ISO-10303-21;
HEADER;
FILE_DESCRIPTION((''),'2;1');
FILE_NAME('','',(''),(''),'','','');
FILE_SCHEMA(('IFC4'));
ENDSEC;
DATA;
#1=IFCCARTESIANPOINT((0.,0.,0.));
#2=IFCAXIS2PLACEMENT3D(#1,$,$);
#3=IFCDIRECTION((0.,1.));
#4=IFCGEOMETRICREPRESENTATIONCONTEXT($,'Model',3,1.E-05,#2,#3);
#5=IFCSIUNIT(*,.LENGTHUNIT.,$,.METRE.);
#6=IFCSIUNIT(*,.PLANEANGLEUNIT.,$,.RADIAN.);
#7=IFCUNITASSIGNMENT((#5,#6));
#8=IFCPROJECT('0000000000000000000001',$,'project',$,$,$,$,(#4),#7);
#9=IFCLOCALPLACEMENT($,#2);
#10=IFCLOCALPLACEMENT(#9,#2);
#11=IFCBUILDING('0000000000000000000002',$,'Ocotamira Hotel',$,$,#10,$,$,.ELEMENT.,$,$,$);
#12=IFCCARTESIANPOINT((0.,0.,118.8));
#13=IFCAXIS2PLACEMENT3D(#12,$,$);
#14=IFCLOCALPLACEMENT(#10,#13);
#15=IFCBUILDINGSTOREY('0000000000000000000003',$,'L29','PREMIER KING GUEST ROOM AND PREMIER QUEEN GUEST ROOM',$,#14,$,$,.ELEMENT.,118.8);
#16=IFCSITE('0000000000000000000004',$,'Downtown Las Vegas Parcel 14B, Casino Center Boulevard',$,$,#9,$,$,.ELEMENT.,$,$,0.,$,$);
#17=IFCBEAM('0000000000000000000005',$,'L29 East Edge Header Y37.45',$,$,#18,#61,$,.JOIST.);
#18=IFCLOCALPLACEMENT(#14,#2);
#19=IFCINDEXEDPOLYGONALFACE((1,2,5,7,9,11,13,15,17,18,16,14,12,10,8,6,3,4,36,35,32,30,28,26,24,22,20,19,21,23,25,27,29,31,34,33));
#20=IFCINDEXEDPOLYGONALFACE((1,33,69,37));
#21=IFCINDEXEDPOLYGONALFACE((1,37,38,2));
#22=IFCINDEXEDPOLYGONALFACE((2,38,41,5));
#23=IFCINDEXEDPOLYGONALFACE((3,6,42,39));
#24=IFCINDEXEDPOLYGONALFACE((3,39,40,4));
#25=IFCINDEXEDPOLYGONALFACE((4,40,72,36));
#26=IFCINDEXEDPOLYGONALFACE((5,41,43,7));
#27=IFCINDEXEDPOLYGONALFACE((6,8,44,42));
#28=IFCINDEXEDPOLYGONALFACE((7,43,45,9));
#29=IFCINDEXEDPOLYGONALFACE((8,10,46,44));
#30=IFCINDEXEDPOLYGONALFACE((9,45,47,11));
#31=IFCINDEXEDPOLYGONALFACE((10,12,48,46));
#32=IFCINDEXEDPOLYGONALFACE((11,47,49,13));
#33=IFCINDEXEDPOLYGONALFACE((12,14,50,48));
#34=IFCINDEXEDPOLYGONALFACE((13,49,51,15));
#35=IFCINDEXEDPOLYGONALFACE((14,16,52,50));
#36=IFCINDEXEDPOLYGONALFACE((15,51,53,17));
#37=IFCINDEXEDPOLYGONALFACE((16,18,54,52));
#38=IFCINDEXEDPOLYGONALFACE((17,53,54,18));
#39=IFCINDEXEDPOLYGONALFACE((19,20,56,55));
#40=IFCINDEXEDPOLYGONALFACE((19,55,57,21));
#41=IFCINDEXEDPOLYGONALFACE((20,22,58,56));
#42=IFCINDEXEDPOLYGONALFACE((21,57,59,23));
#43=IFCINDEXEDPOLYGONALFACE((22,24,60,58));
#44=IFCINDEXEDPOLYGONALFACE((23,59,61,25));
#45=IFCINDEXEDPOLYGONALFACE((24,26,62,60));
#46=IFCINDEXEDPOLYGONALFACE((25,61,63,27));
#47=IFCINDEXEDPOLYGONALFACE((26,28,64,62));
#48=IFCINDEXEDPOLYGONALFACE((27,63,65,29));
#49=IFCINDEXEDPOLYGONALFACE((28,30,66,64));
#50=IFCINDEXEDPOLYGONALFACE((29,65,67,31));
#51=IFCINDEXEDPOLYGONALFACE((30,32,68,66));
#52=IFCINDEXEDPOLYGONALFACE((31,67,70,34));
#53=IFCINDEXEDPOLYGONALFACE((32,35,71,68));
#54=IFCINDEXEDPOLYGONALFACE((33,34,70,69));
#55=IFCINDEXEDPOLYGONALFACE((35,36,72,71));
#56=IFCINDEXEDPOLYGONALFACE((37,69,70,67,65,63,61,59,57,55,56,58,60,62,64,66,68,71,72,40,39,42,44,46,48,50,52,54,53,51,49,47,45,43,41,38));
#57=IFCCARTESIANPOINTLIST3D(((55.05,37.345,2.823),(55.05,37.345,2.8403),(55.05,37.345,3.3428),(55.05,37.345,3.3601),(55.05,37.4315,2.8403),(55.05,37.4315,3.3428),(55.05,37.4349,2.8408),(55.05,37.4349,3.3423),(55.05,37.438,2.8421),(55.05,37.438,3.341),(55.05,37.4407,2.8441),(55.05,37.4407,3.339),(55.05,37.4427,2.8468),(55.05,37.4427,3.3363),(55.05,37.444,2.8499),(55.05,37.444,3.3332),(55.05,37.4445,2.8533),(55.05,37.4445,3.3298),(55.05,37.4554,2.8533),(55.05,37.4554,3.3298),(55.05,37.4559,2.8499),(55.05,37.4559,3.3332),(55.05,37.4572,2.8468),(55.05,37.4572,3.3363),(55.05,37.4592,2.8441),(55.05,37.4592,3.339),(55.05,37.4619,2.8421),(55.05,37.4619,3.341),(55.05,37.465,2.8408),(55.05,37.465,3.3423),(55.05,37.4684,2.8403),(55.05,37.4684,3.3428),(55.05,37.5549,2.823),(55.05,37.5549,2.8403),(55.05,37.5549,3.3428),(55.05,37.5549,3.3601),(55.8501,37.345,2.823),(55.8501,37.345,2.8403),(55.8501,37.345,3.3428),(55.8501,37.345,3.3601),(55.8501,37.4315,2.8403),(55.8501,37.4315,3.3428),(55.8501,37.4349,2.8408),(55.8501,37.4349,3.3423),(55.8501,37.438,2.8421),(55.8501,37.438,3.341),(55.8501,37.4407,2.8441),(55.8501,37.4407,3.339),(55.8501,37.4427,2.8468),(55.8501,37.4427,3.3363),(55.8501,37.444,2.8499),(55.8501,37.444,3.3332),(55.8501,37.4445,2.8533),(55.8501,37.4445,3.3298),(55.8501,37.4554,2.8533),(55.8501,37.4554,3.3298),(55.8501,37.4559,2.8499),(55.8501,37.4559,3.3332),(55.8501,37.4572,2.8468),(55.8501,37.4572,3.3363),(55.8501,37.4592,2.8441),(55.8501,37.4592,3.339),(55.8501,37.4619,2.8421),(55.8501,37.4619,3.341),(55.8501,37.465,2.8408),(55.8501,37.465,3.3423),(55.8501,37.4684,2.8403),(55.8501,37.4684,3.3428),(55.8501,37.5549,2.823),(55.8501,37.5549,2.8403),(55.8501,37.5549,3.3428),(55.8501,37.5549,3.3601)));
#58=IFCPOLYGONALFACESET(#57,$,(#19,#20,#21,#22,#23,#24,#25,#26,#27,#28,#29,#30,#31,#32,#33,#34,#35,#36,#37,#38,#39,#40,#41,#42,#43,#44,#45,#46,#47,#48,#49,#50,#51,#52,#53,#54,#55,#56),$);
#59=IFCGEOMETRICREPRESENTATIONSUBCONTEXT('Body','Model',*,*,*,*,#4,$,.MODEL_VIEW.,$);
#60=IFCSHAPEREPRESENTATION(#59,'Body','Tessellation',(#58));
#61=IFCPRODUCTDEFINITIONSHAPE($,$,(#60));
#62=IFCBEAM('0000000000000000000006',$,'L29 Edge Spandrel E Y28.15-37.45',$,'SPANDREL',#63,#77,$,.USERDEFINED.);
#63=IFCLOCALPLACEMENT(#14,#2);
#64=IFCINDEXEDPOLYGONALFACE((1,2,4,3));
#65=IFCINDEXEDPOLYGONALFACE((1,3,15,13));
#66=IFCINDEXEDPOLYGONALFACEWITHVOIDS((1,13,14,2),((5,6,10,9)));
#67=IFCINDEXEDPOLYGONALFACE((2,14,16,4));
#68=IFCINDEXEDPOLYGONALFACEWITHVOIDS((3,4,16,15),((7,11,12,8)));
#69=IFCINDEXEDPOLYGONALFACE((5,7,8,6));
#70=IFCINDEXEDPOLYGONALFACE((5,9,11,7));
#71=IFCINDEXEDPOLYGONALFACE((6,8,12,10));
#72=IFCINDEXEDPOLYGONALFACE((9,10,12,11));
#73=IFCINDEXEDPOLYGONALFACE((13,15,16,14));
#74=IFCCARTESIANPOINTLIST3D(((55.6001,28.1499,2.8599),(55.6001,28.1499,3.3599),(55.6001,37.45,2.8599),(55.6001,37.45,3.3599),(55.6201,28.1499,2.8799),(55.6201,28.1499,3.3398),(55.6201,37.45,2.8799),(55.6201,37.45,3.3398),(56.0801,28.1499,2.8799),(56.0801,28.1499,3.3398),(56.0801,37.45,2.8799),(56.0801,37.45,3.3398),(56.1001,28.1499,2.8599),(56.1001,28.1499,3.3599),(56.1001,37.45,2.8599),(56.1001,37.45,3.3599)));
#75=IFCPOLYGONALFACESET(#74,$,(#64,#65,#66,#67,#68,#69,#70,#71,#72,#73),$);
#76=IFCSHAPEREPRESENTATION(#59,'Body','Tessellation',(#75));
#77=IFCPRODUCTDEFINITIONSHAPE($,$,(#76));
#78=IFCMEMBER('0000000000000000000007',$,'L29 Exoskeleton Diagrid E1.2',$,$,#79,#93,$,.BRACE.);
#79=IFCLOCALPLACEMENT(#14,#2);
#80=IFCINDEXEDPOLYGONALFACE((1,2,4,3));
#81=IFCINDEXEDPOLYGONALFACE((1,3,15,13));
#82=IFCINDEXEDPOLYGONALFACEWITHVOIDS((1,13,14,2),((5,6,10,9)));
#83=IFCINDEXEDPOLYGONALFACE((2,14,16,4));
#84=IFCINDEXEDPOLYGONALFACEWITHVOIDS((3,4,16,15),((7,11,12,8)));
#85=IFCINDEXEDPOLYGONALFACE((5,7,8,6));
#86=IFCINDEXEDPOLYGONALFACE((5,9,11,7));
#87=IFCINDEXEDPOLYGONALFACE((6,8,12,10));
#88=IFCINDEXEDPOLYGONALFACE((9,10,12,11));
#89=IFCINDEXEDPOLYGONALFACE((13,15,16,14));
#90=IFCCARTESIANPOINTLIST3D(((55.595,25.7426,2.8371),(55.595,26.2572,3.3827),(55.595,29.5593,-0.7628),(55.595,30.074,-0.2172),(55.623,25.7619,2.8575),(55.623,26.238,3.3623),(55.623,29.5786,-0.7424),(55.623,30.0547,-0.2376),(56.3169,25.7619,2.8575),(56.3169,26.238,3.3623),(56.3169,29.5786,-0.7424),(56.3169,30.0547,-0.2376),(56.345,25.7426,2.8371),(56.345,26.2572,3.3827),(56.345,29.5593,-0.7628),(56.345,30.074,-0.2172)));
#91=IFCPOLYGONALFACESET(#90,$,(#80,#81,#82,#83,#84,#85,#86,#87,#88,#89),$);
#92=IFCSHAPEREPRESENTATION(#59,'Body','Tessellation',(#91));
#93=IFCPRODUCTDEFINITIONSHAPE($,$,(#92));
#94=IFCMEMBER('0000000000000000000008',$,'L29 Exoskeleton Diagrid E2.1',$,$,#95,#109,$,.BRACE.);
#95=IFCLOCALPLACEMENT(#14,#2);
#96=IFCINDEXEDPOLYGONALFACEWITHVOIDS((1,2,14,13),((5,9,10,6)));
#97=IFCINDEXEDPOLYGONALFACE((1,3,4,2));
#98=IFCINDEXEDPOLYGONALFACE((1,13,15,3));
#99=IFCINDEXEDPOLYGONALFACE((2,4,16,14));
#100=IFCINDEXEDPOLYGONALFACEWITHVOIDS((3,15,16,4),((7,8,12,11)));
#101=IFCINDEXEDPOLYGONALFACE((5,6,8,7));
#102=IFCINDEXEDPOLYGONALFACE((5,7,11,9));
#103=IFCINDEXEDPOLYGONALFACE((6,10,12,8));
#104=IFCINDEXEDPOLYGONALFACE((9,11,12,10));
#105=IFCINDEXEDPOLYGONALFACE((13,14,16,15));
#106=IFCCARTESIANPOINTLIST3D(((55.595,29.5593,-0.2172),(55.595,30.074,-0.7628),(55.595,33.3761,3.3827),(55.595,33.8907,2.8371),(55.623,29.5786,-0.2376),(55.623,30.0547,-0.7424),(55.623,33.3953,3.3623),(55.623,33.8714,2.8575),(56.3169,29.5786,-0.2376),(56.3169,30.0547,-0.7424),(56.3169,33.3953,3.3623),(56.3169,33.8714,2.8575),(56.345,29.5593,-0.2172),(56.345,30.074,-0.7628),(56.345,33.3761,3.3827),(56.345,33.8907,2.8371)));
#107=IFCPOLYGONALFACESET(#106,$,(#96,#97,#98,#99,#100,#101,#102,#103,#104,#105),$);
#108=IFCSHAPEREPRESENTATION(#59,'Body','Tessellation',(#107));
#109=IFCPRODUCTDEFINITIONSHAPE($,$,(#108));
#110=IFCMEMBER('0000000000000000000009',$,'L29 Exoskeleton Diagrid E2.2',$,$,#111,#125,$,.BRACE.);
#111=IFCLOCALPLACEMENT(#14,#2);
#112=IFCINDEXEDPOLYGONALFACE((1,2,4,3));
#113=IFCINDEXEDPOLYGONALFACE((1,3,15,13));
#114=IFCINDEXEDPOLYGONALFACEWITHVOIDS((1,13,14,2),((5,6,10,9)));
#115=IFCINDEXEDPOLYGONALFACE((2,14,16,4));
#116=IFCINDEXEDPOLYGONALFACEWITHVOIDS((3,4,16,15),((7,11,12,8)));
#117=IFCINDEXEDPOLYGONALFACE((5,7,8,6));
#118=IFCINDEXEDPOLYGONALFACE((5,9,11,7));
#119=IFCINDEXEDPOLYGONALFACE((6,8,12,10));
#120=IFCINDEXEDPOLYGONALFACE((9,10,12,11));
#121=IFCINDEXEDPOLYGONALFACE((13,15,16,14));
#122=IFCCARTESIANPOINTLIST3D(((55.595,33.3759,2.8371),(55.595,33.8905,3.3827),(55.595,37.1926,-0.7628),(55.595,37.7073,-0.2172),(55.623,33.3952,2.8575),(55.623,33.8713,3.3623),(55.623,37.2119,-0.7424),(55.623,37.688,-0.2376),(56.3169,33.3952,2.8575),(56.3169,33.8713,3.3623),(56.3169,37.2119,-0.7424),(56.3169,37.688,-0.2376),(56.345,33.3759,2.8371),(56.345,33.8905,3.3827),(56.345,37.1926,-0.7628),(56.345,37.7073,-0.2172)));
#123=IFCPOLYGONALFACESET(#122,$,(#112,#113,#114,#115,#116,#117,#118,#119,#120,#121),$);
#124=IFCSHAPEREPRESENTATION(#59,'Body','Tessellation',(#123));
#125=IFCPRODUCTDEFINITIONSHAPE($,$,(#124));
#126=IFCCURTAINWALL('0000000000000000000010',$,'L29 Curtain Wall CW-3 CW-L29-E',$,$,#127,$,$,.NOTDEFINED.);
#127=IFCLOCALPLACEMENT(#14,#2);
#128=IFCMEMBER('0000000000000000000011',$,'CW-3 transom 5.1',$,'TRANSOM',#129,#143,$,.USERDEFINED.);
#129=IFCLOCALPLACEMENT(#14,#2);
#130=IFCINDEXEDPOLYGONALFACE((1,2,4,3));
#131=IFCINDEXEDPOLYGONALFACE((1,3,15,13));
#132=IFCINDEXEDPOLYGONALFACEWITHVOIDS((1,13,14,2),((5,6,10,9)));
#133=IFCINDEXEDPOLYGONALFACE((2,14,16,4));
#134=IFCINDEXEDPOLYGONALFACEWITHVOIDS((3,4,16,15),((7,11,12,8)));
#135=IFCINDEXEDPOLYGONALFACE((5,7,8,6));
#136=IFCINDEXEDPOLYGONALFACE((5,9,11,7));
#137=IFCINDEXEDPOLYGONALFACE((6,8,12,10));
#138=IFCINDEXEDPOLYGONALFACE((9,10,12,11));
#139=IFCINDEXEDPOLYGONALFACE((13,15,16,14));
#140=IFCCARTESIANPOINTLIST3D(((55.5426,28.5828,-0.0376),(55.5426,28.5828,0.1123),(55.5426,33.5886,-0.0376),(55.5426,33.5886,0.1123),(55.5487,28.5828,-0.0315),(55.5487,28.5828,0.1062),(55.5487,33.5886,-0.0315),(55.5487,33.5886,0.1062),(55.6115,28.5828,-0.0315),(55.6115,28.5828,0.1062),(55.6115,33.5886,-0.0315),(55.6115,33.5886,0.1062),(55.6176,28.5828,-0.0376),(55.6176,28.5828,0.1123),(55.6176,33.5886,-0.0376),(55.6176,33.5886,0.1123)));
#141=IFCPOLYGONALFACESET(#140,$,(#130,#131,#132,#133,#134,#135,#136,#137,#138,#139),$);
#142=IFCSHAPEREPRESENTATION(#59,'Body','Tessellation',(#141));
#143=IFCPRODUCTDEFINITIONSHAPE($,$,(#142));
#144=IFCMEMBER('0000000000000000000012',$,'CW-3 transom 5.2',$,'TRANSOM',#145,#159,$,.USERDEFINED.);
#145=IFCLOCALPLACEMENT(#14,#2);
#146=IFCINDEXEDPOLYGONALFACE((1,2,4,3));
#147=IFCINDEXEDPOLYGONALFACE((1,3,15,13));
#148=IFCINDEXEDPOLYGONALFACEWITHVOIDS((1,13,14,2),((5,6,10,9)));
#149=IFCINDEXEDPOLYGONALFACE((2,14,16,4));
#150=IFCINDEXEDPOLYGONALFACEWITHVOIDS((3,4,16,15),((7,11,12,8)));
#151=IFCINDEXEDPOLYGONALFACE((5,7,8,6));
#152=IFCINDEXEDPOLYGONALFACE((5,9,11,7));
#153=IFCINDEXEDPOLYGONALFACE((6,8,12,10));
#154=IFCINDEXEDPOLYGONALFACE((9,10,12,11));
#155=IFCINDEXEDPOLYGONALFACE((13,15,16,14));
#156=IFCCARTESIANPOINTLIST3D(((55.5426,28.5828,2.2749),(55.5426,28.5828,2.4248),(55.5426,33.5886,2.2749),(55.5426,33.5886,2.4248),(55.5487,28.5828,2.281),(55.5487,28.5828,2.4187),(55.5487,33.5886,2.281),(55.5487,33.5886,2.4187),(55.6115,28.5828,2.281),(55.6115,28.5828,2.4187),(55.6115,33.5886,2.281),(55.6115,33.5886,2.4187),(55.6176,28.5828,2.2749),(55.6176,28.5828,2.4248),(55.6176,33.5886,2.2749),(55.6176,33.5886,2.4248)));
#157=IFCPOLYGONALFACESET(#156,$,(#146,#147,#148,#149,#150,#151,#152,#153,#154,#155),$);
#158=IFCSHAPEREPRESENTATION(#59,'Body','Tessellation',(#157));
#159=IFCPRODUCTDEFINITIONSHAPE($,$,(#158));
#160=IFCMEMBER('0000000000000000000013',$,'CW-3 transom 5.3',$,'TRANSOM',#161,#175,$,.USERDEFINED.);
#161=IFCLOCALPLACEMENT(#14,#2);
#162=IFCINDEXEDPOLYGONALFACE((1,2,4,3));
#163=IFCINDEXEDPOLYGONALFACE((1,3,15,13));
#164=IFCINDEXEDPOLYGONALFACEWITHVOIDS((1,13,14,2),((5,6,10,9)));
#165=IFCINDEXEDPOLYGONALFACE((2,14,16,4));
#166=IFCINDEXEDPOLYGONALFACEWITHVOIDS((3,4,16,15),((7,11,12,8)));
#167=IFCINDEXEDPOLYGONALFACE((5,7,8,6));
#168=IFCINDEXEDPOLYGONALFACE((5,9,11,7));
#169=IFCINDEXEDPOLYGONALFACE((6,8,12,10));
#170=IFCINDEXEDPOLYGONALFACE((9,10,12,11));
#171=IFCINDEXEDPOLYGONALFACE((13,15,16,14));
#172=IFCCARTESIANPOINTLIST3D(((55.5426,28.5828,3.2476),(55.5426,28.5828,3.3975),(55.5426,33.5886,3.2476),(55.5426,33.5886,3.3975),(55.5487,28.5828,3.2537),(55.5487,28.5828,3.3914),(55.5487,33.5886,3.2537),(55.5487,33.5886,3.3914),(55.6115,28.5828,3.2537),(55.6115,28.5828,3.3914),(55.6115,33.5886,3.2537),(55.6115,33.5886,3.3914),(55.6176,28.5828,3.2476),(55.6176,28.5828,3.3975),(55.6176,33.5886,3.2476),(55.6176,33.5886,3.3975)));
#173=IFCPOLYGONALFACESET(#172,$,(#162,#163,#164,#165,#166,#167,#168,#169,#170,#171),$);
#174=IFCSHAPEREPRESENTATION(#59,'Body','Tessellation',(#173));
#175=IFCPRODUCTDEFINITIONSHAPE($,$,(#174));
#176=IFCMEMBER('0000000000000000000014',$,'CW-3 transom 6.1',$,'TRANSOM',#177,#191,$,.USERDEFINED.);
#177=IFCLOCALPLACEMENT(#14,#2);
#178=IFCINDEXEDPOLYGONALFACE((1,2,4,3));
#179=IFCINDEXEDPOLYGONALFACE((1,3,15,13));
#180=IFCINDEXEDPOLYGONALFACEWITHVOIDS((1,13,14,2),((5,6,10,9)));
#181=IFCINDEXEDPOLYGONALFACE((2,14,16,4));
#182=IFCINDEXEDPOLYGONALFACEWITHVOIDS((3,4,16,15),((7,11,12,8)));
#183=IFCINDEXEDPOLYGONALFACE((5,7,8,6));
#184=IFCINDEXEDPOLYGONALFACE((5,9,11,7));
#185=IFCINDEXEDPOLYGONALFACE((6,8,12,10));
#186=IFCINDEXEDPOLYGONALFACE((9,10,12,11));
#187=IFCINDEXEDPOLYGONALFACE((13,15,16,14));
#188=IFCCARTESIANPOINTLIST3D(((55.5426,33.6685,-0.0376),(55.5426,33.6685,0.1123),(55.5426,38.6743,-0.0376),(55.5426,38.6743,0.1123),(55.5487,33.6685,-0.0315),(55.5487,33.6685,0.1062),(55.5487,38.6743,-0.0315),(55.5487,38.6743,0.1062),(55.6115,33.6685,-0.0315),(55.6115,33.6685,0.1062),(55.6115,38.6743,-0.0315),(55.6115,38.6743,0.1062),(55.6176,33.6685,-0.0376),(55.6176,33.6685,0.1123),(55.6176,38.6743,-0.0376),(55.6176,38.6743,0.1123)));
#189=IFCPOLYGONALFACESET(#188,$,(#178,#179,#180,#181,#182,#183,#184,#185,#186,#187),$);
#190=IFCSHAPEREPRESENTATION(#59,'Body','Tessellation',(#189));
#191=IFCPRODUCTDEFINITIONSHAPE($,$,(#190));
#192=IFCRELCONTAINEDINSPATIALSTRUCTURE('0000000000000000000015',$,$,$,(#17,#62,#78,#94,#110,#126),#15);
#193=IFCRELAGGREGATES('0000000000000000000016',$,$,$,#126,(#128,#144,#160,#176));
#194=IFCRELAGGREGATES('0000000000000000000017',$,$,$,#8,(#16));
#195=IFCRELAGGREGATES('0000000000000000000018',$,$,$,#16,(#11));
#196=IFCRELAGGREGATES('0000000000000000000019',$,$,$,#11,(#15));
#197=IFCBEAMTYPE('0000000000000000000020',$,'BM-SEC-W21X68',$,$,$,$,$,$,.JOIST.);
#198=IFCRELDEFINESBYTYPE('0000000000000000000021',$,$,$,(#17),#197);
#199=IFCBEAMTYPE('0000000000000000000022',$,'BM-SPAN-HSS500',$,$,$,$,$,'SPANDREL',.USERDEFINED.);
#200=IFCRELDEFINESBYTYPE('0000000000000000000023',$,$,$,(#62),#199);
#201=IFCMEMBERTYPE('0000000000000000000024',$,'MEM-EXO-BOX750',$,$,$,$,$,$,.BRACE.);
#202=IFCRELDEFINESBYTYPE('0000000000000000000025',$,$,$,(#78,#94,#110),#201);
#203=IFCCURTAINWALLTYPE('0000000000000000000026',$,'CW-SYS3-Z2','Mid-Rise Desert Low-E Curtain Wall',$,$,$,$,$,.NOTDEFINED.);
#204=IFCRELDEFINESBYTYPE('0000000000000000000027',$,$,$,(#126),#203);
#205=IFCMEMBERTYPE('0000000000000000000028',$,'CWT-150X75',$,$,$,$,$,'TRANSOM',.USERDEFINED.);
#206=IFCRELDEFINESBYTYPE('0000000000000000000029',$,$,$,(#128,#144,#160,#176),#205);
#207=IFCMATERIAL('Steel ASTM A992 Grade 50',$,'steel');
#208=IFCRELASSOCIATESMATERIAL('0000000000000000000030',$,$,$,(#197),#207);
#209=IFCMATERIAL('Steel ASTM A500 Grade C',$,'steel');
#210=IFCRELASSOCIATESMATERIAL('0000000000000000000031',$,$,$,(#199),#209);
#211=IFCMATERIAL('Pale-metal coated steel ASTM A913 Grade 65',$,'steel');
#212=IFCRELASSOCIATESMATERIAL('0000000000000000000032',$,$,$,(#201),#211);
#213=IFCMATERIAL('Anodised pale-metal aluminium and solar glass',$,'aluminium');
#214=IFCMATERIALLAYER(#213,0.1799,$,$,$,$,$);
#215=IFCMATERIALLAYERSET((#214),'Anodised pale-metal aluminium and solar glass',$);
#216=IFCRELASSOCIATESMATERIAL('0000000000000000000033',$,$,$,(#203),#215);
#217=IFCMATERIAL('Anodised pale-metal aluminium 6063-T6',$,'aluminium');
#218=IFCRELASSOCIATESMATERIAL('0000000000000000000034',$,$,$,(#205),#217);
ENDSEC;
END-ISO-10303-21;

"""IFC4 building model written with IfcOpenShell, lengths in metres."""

from ifc_helpers import new_model, si_unit, direction, frame, origin, origin_2d, place, context, subcontext, project, spatial, hollow_rectangle, i_section, extrude, source, transform, mapped, material, layer, layer_set, material_profile, profile_set, type_object, element, aggregate, save


model = new_model("IFC4")

# Units and contexts
model_context = context("Model", 3, precision=1e-05, world=origin(), true_north=direction((0.0, 1.0)))
body_context = subcontext(model_context, "Body", "Model", "MODEL_VIEW")
ifc_project = project(units=[si_unit("LENGTHUNIT", "METRE"), si_unit("PLANEANGLEUNIT", "RADIAN")], contexts=[model_context])

# Site, building, storey
site_placement = place(None, origin())
site = spatial("IfcSite", under=ifc_project, at=site_placement, Name="Downtown Las Vegas Parcel 14B, Casino Center Boulevard", CompositionType="ELEMENT", RefElevation=0.0)
building_placement = place(site_placement, origin())
building = spatial("IfcBuilding", under=site, at=building_placement, Name="Ocotamira Hotel", CompositionType="ELEMENT")
storey_placement = place(building_placement, frame((0.0, 0.0, 118.8)))
storey = spatial("IfcBuildingStorey", under=building, at=storey_placement, Name="L29", Description="PREMIER KING GUEST ROOM AND PREMIER QUEEN GUEST ROOM", CompositionType="ELEMENT", Elevation=118.8)

# Beams
ifc_material_1 = material(Name="Steel ASTM A500 Grade C", Category="steel")
ifc_material_2 = material(Name="Steel ASTM A992 Grade 50", Category="steel")
ifc_material_profile_1 = material_profile(ifc_material_2, i_section(OverallWidth=0.21, OverallDepth=0.5371, WebThickness=0.011, FlangeThickness=0.0173, FilletRadius=0.0129, at=origin_2d()), Name="W21X68")
ifc_profile_set_1 = profile_set([ifc_material_profile_1], Name="Steel ASTM A992 Grade 50")
beam_type_1 = type_object("IfcBeamType", Name="BM-SEC-W21X68", PredefinedType="JOIST", material=ifc_profile_set_1)
shared_shape_1 = source(origin(), body_context, "Body", "SweptSolid", [
    extrude(i_section(OverallWidth=0.21, OverallDepth=0.5371, WebThickness=0.011, FlangeThickness=0.0173, FilletRadius=0.0129, at=origin_2d()), origin(), (0.0, 0.0, 1.0), 0.8),
])
for number, where, z_axis, x_axis, name in (
    (1, (55.05, 37.45, 3.0916), (1.0, 0.0, 0.0), (0.0, 1.0, 0.0), "L29 East Edge Header Y37.45"),
):
    element("IfcBeam", number, at=place(storey_placement, frame(where, z_axis=z_axis, x_axis=x_axis)), inside=storey, type_object=beam_type_1, Name=name, PredefinedType="JOIST", context=body_context, shape_type="MappedRepresentation", body=[
        mapped(shared_shape_1, transform((0.0, 0.0, 0.0), scale=1.0)),
    ])
ifc_material_profile_2 = material_profile(ifc_material_1, hollow_rectangle(XDim=0.5, YDim=0.5, WallThickness=0.02, at=origin_2d()), Name="HSS500X500X20")
ifc_profile_set_2 = profile_set([ifc_material_profile_2], Name="Steel ASTM A500 Grade C")
beam_type_2 = type_object("IfcBeamType", Name="BM-SPAN-HSS500", ElementType="SPANDREL", PredefinedType="USERDEFINED", material=ifc_profile_set_2)
shared_shape_2 = source(origin(), body_context, "Body", "SweptSolid", [
    extrude(hollow_rectangle(XDim=0.5, YDim=0.5, WallThickness=0.02, at=origin_2d()), origin(), (0.0, 0.0, 1.0), 9.3),
])
beam_1_placement = place(storey_placement, frame((55.8501, 28.1499, 3.1099), z_axis=(0.0, 1.0, 0.0), x_axis=(-1.0, 0.0, 0.0)))
element("IfcBeam", 2, at=beam_1_placement, inside=storey, type_object=beam_type_2, Name="L29 Edge Spandrel E Y28.15-37.45", ObjectType="SPANDREL", PredefinedType="USERDEFINED", context=body_context, shape_type="MappedRepresentation", body=[
    mapped(shared_shape_2, transform((0.0, 0.0, 0.0), scale=1.0)),
])

# Members
ifc_material_3 = material(Name="Pale-metal coated steel ASTM A913 Grade 65", Category="steel")
ifc_material_profile_3 = material_profile(ifc_material_3, hollow_rectangle(XDim=0.75, YDim=0.75, WallThickness=0.0281, at=origin_2d()), Name="BOX750X750X28")
ifc_profile_set_3 = profile_set([ifc_material_profile_3], Name="Pale-metal coated steel ASTM A913 Grade 65")
member_type_1 = type_object("IfcMemberType", Name="MEM-EXO-BOX750", PredefinedType="BRACE", material=ifc_profile_set_3)
shared_shape_3 = source(origin(), body_context, "Body", "SweptSolid", [
    extrude(hollow_rectangle(XDim=0.75, YDim=0.75, WallThickness=0.0281, at=origin_2d()), origin(), (0.0, 0.0, 1.0), 5.2466),
])
for number, where, z_axis, x_axis, name in (
    (3, (55.97, 29.8167, -0.49), (0.0, -0.727466, 0.686144), (1.0, 0.0, 0.0), "L29 Exoskeleton Diagrid E1.2"),
    (4, (55.97, 29.8167, -0.49), (0.0, 0.727466, 0.686144), (-1.0, 0.0, 0.0), "L29 Exoskeleton Diagrid E2.1"),
    (5, (55.97, 37.45, -0.49), (0.0, -0.727466, 0.686144), (1.0, 0.0, 0.0), "L29 Exoskeleton Diagrid E2.2"),
):
    element("IfcMember", number, at=place(storey_placement, frame(where, z_axis=z_axis, x_axis=x_axis)), inside=storey, type_object=member_type_1, Name=name, PredefinedType="BRACE", context=body_context, shape_type="MappedRepresentation", body=[
        mapped(shared_shape_3, transform((0.0, 0.0, 0.0), scale=1.0)),
    ])

# Curtain wall, members
ifc_material_4 = material(Name="Anodised pale-metal aluminium and solar glass", Category="aluminium")
ifc_layer_1 = layer(ifc_material_4, 0.1799)
ifc_layer_set_1 = layer_set([ifc_layer_1], Name="Anodised pale-metal aluminium and solar glass")
curtain_wall_type = type_object("IfcCurtainWallType", Name="CW-SYS3-Z2", Description="Mid-Rise Desert Low-E Curtain Wall", PredefinedType="NOTDEFINED", material=ifc_layer_set_1)
curtain_wall_placement = place(storey_placement, origin())
curtain_wall = element("IfcCurtainWall", 6, at=curtain_wall_placement, inside=storey, type_object=curtain_wall_type, Name="L29 Curtain Wall CW-3 CW-L29-E", PredefinedType="NOTDEFINED")
ifc_material_5 = material(Name="Anodised pale-metal aluminium 6063-T6", Category="aluminium")
ifc_material_profile_4 = material_profile(ifc_material_5, hollow_rectangle(XDim=0.075, YDim=0.1499, WallThickness=0.0061, at=origin_2d()), Name="HSS150X75X6")
ifc_profile_set_4 = profile_set([ifc_material_profile_4], Name="Anodised pale-metal aluminium 6063-T6")
member_type_2 = type_object("IfcMemberType", Name="CWT-150X75", ElementType="TRANSOM", PredefinedType="USERDEFINED", material=ifc_profile_set_4)
shared_shape_4 = source(origin(), body_context, "Body", "SweptSolid", [
    extrude(hollow_rectangle(XDim=0.075, YDim=0.1499, WallThickness=0.0061, at=origin_2d()), origin(), (0.0, 0.0, 1.0), 5.0059),
])
member_1_placement = place(storey_placement, frame((55.5801, 28.5828, 0.0374), z_axis=(0.0, 1.0, 0.0), x_axis=(-1.0, 0.0, 0.0)))
member_1 = element("IfcMember", 7, at=member_1_placement, type_object=member_type_2, Name="CW-3 transom 5.1", ObjectType="TRANSOM", PredefinedType="USERDEFINED", context=body_context, shape_type="MappedRepresentation", body=[
    mapped(shared_shape_4, transform((0.0, 0.0, 0.0), scale=1.0)),
])
member_2_placement = place(storey_placement, frame((55.5801, 28.5828, 2.3499), z_axis=(0.0, 1.0, 0.0), x_axis=(-1.0, 0.0, 0.0)))
member_2 = element("IfcMember", 8, at=member_2_placement, type_object=member_type_2, Name="CW-3 transom 5.2", ObjectType="TRANSOM", PredefinedType="USERDEFINED", context=body_context, shape_type="MappedRepresentation", body=[
    mapped(shared_shape_4, transform((0.0, 0.0, 0.0), scale=1.0)),
])
member_3_placement = place(storey_placement, frame((55.5801, 28.5828, 3.3225), z_axis=(0.0, 1.0, 0.0), x_axis=(-1.0, 0.0, 0.0)))
member_3 = element("IfcMember", 9, at=member_3_placement, type_object=member_type_2, Name="CW-3 transom 5.3", ObjectType="TRANSOM", PredefinedType="USERDEFINED", context=body_context, shape_type="MappedRepresentation", body=[
    mapped(shared_shape_4, transform((0.0, 0.0, 0.0), scale=1.0)),
])
member_4_placement = place(storey_placement, frame((55.5801, 33.6685, 0.0374), z_axis=(0.0, 1.0, 0.0), x_axis=(-1.0, 0.0, 0.0)))
member_4 = element("IfcMember", 10, at=member_4_placement, type_object=member_type_2, Name="CW-3 transom 6.1", ObjectType="TRANSOM", PredefinedType="USERDEFINED", context=body_context, shape_type="MappedRepresentation", body=[
    mapped(shared_shape_4, transform((0.0, 0.0, 0.0), scale=1.0)),
])

aggregate(curtain_wall, [member_1, member_2, member_3, member_4])

save(model, "model.ifc")
